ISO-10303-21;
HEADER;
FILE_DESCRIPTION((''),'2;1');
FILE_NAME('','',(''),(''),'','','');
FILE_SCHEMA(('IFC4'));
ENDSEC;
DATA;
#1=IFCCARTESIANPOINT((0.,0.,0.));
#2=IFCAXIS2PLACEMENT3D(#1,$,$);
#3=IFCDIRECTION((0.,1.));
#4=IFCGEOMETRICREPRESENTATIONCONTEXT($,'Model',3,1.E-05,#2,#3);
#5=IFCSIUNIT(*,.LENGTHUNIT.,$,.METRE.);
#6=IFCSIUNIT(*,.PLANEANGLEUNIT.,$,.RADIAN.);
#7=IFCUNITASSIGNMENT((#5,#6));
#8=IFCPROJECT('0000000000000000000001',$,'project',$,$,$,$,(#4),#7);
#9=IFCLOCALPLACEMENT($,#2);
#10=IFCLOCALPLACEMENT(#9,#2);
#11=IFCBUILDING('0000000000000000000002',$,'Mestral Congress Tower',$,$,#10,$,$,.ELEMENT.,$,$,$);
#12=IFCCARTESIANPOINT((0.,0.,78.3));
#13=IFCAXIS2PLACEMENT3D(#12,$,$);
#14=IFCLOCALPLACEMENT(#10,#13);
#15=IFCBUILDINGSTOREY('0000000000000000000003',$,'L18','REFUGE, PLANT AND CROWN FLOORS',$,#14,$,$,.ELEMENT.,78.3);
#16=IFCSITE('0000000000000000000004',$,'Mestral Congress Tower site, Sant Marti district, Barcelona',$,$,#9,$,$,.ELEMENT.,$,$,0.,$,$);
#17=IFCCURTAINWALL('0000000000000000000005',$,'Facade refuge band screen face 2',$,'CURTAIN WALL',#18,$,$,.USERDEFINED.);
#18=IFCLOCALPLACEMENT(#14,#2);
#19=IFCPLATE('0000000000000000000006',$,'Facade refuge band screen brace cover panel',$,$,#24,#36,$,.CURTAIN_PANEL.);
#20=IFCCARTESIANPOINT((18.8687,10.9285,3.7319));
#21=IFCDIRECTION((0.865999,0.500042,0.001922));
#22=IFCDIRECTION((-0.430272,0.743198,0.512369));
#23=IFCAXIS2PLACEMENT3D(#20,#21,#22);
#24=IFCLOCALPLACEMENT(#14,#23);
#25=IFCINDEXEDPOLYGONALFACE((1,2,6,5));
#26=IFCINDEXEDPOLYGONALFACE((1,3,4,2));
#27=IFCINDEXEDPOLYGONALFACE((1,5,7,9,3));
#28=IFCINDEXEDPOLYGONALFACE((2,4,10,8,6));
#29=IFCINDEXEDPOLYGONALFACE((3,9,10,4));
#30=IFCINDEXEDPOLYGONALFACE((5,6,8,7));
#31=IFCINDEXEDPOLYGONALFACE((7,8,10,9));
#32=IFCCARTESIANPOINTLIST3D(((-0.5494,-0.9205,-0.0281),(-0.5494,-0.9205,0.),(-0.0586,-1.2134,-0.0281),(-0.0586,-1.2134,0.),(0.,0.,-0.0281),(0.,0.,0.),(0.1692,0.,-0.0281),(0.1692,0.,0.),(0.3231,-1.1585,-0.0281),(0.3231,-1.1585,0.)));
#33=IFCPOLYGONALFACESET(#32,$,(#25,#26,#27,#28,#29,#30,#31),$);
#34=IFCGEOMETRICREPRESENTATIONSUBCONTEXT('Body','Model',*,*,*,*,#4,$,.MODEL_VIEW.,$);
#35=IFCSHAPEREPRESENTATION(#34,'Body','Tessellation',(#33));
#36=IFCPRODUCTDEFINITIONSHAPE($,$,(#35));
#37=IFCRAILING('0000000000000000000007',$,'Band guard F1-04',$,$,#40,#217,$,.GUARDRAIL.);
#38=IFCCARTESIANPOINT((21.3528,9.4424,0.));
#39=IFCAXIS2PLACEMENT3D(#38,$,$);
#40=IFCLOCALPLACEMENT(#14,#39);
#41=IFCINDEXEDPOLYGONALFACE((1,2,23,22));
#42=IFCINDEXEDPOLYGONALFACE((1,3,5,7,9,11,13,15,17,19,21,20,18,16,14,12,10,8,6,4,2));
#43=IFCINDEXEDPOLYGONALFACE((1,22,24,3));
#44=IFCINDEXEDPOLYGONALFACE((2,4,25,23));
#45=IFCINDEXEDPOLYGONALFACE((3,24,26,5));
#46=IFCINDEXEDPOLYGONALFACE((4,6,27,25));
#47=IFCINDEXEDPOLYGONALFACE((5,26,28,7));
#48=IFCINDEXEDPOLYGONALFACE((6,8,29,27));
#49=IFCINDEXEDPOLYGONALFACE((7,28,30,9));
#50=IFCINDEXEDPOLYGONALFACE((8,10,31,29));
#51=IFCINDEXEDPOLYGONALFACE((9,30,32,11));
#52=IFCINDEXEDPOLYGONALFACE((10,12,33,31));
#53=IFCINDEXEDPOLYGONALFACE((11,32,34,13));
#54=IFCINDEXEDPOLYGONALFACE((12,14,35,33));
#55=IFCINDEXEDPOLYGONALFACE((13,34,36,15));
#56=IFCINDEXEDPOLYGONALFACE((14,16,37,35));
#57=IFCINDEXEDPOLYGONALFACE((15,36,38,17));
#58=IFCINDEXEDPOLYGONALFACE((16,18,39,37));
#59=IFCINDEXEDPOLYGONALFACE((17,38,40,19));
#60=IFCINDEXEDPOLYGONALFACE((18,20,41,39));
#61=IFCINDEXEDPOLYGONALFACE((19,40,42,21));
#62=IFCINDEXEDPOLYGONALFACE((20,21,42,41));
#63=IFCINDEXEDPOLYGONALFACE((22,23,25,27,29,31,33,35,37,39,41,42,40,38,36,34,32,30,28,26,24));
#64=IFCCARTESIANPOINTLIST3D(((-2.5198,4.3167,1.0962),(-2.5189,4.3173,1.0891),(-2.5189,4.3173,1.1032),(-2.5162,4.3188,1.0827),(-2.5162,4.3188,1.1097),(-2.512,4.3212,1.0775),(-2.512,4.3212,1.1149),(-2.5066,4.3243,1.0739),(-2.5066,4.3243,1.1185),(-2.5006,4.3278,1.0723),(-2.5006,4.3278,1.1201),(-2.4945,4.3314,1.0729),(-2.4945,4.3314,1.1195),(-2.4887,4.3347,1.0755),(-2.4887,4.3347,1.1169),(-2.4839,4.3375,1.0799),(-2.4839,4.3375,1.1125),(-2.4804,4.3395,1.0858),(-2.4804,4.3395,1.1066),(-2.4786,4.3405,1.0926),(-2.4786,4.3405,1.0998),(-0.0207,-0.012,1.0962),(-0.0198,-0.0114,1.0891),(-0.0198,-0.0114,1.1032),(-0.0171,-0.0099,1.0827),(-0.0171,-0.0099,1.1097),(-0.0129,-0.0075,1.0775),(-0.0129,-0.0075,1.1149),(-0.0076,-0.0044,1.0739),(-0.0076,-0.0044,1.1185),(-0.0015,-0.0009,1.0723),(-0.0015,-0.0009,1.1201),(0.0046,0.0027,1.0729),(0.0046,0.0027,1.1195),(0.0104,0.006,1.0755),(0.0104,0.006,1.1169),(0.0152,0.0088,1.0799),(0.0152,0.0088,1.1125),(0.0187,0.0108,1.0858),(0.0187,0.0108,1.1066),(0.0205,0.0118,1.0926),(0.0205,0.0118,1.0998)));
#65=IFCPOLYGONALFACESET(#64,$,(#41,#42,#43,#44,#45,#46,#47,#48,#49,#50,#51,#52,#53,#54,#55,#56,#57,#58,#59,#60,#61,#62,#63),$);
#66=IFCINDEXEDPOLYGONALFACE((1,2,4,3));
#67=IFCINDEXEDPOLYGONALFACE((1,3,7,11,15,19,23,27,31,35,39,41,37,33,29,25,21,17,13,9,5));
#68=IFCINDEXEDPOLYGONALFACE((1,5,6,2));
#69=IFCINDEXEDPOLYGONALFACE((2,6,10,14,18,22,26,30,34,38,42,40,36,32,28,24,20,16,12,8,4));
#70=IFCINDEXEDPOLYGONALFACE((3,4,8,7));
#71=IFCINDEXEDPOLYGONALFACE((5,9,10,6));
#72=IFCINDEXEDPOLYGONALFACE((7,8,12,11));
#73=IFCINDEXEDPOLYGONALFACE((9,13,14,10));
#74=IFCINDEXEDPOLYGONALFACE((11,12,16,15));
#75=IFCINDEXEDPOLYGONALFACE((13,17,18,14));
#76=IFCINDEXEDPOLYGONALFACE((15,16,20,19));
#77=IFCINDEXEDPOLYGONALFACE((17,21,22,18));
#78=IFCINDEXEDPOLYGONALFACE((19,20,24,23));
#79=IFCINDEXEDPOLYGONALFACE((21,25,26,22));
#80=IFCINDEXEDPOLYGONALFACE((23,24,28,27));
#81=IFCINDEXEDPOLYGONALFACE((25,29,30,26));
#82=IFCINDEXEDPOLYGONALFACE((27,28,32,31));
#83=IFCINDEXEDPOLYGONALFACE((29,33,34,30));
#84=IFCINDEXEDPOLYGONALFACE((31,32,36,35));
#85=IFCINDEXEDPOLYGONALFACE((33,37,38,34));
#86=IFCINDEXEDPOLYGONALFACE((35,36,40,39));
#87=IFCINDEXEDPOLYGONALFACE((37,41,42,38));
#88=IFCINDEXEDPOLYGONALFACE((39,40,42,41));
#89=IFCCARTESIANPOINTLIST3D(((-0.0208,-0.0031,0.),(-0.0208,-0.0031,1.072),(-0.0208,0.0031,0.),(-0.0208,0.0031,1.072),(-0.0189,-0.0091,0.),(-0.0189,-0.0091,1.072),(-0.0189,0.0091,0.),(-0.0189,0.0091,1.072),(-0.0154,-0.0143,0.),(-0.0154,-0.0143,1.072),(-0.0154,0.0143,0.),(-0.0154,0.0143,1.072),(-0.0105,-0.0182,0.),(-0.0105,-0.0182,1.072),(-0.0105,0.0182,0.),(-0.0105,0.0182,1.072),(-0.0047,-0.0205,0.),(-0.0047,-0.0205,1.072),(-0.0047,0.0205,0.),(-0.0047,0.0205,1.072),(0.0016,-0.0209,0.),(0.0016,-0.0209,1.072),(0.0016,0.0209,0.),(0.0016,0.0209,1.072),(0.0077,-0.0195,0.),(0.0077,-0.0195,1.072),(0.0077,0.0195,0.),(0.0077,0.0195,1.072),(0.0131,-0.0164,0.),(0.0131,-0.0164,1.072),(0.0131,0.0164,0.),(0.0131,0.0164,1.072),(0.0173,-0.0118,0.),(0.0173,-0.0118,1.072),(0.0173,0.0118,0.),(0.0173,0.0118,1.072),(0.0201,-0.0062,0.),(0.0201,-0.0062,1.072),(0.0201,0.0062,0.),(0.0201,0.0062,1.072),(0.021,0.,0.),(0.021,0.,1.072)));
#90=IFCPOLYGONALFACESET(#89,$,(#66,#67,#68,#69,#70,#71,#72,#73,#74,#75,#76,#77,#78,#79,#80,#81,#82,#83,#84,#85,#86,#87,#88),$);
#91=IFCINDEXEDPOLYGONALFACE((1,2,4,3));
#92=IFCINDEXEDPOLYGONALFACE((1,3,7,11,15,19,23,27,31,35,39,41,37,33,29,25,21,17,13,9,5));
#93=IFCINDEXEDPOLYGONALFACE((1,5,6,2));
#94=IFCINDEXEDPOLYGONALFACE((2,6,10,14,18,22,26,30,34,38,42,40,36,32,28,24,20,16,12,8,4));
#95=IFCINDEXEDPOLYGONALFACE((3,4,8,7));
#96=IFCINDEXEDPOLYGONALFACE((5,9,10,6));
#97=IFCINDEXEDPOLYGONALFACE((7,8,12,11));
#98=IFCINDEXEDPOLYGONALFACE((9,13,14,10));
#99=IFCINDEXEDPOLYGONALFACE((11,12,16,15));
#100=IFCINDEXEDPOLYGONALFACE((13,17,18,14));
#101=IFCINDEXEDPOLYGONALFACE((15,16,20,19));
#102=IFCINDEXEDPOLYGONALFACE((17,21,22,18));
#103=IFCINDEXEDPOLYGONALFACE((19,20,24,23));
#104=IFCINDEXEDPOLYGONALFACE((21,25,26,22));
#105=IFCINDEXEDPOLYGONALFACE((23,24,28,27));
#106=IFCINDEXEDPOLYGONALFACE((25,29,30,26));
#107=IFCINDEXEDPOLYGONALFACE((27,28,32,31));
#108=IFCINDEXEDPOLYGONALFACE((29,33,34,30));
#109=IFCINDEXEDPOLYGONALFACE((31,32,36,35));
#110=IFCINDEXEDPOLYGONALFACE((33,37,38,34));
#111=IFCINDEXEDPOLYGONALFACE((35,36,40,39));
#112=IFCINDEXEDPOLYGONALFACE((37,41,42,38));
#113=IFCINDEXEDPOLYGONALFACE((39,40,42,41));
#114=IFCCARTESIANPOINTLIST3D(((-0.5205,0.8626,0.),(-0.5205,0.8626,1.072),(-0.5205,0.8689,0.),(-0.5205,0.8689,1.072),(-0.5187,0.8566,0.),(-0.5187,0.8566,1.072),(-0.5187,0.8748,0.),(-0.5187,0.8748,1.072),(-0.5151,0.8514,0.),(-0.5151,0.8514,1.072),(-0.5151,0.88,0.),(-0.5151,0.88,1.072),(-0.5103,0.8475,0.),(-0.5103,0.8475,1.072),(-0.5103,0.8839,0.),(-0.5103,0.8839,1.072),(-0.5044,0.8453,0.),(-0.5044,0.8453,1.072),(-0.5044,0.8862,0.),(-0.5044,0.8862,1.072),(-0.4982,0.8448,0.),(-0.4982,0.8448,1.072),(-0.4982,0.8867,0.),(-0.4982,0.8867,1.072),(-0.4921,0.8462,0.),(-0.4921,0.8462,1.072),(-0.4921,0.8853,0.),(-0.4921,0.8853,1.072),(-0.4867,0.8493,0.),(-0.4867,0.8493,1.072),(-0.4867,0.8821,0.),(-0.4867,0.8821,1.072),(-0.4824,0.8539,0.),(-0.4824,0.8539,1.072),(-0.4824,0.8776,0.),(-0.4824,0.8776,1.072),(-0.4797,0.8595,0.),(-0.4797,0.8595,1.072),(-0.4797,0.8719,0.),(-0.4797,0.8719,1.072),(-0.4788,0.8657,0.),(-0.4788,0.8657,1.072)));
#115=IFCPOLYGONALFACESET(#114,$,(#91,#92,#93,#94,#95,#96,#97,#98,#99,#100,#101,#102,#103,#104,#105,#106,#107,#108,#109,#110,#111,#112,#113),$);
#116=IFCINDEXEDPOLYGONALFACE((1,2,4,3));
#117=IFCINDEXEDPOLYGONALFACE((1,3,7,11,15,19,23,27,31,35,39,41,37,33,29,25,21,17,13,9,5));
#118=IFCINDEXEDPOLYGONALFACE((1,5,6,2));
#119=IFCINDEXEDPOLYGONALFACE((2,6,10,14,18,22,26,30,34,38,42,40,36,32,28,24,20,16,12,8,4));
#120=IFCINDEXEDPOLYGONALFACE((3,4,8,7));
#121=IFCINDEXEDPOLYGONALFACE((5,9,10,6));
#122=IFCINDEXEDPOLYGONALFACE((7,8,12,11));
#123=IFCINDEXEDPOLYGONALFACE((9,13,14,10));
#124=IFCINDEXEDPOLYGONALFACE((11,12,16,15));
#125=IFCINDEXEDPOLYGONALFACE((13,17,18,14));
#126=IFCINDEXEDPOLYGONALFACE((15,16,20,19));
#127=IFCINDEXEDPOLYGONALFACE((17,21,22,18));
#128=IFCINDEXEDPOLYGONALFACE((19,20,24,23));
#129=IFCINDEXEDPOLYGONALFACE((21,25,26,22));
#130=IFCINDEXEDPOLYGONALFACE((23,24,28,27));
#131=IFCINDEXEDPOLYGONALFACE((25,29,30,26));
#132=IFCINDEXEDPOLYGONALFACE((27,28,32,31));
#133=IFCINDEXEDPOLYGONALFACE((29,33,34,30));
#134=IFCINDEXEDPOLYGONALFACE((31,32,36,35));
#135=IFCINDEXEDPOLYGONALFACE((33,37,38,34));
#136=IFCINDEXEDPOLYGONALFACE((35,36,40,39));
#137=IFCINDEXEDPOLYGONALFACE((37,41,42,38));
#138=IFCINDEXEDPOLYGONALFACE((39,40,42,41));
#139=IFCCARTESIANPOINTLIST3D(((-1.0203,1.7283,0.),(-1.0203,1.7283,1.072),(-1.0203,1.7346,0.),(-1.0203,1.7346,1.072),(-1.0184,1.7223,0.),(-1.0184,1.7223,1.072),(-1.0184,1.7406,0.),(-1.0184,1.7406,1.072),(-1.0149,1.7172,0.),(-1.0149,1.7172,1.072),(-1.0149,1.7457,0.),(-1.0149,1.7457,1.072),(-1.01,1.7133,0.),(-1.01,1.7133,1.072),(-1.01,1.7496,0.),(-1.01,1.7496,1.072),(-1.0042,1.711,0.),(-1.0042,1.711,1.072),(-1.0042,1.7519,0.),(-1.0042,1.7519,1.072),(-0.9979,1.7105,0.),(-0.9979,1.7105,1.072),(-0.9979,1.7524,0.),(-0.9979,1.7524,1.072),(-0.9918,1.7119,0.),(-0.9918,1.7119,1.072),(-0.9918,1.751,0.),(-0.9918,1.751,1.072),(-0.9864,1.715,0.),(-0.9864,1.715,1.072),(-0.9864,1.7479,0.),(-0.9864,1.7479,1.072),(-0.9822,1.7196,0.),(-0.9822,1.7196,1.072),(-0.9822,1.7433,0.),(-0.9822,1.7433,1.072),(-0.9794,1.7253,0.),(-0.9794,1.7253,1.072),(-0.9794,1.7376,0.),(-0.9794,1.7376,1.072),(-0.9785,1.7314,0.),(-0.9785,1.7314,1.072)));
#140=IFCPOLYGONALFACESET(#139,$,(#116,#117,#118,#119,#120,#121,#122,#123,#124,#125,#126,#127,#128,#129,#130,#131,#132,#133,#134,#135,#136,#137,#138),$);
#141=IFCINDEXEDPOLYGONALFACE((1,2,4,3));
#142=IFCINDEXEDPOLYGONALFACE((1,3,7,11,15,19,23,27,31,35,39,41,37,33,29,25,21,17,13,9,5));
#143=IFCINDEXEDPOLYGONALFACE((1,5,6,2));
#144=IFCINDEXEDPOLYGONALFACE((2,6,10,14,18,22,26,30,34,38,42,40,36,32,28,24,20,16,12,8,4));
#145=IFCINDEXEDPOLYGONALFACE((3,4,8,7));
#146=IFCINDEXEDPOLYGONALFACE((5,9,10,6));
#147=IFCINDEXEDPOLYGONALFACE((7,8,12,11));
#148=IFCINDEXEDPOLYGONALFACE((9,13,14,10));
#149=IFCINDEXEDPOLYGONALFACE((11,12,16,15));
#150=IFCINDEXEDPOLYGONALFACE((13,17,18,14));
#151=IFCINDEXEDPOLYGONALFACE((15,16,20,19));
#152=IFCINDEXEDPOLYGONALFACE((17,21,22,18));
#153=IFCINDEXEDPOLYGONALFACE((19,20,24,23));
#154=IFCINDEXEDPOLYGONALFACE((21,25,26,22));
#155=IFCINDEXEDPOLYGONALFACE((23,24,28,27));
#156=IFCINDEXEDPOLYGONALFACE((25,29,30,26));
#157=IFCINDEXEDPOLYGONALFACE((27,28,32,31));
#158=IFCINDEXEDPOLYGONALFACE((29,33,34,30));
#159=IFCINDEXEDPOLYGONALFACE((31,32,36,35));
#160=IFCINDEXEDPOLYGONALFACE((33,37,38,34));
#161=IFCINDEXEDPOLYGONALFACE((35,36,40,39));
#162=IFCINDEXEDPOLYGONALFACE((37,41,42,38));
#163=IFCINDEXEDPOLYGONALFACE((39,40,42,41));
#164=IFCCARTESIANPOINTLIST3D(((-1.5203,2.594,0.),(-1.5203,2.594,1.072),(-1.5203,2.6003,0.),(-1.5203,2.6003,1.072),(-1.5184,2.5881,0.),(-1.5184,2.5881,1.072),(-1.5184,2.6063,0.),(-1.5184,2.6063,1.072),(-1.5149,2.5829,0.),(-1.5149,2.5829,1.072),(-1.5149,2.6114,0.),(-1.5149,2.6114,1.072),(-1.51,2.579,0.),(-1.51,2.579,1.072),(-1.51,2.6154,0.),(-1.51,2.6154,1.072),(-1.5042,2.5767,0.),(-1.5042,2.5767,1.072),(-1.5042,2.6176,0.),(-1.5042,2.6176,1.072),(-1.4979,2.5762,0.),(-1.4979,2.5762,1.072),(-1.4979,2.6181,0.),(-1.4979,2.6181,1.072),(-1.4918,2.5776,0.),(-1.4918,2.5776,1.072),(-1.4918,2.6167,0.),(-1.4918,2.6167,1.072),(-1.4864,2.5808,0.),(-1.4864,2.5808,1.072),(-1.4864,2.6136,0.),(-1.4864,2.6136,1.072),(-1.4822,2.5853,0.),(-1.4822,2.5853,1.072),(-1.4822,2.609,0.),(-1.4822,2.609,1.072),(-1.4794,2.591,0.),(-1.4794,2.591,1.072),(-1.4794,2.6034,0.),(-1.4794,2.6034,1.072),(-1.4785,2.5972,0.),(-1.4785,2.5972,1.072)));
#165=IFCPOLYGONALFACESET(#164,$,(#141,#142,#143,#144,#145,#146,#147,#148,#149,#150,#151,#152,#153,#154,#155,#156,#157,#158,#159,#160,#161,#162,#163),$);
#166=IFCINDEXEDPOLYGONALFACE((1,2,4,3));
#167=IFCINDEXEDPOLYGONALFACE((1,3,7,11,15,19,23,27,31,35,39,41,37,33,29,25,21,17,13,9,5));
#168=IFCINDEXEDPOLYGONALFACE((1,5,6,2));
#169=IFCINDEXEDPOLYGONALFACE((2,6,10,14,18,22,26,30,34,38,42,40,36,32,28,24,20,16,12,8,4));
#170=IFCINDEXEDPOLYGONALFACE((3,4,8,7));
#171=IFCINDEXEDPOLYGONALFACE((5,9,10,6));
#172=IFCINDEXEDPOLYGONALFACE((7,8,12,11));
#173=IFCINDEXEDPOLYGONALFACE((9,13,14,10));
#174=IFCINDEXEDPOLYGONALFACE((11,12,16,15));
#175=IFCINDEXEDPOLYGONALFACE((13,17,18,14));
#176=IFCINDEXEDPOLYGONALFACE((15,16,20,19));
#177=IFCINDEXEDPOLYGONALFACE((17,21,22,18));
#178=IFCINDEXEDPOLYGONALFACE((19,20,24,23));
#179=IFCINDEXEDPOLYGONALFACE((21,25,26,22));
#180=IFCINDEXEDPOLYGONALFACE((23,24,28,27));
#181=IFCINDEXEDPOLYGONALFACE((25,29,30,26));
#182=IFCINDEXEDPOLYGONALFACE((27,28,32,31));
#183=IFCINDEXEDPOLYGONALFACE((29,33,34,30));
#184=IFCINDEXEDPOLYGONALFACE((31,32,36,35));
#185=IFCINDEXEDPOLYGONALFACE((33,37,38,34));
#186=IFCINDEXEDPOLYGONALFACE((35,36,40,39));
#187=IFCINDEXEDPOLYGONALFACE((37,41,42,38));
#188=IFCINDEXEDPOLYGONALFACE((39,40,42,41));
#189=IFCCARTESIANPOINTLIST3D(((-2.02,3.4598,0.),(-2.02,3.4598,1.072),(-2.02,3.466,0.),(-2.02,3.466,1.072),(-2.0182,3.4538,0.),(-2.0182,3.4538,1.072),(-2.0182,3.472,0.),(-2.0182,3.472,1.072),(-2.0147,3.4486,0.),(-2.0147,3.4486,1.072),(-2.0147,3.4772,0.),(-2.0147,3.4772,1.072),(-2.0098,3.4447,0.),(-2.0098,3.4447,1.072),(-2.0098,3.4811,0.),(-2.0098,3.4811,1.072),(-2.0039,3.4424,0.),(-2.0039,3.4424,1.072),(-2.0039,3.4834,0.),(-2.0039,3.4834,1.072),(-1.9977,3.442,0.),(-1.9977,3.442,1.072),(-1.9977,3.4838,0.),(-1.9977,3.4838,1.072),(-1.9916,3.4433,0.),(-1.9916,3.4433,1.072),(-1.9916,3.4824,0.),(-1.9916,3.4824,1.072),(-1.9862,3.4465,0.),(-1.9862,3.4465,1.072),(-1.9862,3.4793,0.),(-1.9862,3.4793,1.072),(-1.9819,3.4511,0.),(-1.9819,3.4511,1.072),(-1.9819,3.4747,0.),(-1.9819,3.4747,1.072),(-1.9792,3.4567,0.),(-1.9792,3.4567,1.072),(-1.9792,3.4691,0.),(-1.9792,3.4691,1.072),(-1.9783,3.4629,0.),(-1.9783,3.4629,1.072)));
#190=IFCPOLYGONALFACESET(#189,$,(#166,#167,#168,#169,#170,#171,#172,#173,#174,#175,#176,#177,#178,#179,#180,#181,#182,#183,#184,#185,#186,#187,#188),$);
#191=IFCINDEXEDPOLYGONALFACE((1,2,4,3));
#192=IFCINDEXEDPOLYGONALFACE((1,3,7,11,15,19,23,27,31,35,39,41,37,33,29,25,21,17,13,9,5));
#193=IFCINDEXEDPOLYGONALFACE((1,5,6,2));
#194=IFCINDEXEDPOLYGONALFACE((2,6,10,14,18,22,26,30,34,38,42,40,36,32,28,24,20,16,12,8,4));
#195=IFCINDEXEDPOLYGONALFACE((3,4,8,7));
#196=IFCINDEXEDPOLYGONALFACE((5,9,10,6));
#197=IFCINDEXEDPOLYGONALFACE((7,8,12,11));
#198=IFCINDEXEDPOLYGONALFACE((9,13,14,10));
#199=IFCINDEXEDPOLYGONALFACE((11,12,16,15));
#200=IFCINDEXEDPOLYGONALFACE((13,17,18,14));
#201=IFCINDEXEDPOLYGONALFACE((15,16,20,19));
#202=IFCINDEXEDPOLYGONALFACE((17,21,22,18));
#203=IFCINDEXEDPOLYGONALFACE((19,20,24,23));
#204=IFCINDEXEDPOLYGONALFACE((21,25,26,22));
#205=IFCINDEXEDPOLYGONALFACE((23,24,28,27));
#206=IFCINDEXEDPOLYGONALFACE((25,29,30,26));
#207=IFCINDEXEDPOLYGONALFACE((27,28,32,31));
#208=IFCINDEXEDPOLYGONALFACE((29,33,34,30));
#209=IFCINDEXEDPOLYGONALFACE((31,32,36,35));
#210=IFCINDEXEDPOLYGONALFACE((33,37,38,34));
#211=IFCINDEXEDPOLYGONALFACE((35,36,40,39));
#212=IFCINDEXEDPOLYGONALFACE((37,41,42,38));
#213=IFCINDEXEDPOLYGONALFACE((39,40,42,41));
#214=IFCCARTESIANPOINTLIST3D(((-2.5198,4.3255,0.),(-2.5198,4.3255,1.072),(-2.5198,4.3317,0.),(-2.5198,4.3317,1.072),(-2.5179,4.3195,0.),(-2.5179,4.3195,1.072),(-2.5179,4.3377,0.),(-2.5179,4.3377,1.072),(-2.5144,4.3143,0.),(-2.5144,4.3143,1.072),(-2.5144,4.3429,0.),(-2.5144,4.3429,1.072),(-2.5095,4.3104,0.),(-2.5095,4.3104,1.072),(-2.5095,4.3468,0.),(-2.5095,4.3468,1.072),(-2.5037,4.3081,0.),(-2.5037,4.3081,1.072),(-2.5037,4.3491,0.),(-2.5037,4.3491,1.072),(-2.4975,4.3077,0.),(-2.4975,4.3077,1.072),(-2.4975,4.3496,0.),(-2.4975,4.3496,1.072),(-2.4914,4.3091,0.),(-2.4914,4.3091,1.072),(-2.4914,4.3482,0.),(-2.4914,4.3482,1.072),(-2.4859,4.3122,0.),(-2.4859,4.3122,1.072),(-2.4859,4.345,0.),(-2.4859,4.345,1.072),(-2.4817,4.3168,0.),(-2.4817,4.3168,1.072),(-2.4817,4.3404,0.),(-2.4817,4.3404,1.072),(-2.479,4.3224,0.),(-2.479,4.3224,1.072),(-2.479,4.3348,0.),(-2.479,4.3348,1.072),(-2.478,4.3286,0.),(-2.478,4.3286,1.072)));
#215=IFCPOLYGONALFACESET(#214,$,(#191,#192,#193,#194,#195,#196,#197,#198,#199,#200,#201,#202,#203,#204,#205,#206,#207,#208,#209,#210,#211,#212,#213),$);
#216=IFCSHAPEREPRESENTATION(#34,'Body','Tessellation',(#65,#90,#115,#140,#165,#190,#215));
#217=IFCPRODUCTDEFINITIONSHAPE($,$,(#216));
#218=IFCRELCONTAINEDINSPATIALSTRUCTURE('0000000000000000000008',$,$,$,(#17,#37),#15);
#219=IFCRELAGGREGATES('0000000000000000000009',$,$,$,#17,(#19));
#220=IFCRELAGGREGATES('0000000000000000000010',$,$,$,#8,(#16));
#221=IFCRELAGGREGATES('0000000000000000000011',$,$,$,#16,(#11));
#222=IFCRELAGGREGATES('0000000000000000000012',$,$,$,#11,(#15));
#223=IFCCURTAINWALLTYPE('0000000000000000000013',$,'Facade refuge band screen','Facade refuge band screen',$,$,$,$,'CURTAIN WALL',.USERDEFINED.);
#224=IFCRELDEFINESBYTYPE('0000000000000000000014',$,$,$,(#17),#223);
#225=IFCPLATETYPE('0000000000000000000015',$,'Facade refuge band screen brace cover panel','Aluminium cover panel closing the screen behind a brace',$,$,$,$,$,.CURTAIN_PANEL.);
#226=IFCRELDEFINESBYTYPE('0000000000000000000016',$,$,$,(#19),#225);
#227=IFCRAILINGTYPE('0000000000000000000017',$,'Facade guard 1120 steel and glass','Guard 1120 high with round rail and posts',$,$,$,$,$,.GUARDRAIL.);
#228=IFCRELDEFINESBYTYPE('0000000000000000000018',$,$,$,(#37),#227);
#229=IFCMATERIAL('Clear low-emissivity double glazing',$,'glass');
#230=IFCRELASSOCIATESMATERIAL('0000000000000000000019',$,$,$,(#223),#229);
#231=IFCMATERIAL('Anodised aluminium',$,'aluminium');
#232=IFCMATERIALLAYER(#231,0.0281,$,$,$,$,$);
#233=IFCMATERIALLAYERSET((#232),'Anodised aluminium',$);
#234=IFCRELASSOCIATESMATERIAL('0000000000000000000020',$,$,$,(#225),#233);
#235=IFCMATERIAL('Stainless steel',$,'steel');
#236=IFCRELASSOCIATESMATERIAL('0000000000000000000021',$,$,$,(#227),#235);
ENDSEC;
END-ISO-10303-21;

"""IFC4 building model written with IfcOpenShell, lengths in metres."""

from ifc_helpers import new_model, si_unit, direction, frame, origin, origin_2d, place, context, subcontext, project, spatial, polyline, circle, outline, extrude, material, layer, layer_set, type_object, element, aggregate, save


model = new_model("IFC4")

# Units and contexts
model_context = context("Model", 3, precision=1e-05, world=origin(), true_north=direction((0.0, 1.0)))
body_context = subcontext(model_context, "Body", "Model", "MODEL_VIEW")
ifc_project = project(units=[si_unit("LENGTHUNIT", "METRE"), si_unit("PLANEANGLEUNIT", "RADIAN")], contexts=[model_context])

# Site, building, storey
site_placement = place(None, origin())
site = spatial("IfcSite", under=ifc_project, at=site_placement, Name="Mestral Congress Tower site, Sant Marti district, Barcelona", CompositionType="ELEMENT", RefElevation=0.0)
building_placement = place(site_placement, origin())
building = spatial("IfcBuilding", under=site, at=building_placement, Name="Mestral Congress Tower", CompositionType="ELEMENT")
storey_placement = place(building_placement, frame((0.0, 0.0, 78.3)))
storey = spatial("IfcBuildingStorey", under=building, at=storey_placement, Name="L18", Description="REFUGE, PLANT AND CROWN FLOORS", CompositionType="ELEMENT", Elevation=78.3)

# Curtain wall
ifc_material_1 = material(Name="Clear low-emissivity double glazing", Category="glass")
curtain_wall_type = type_object("IfcCurtainWallType", Name="Facade refuge band screen", Description="Facade refuge band screen", ElementType="CURTAIN WALL", PredefinedType="USERDEFINED", material=ifc_material_1)
curtain_wall_placement = place(storey_placement, origin())
curtain_wall = element("IfcCurtainWall", 1, at=curtain_wall_placement, inside=storey, type_object=curtain_wall_type, Name="Facade refuge band screen face 2", ObjectType="CURTAIN WALL", PredefinedType="USERDEFINED")
ifc_material_2 = material(Name="Anodised aluminium", Category="aluminium")

# Plate
ifc_layer_1 = layer(ifc_material_2, 0.0281)
ifc_layer_set_1 = layer_set([ifc_layer_1], Name="Anodised aluminium")
plate_type_1 = type_object("IfcPlateType", Name="Facade refuge band screen brace cover panel", Description="Aluminium cover panel closing the screen behind a brace", PredefinedType="CURTAIN_PANEL", material=ifc_layer_set_1)
plate_1_placement = place(storey_placement, frame((18.8687, 10.9285, 3.7319), z_axis=(0.865999, 0.500042, 0.001922), x_axis=(-0.430272, 0.743198, 0.512369)))
plate_1 = element("IfcPlate", 2, at=plate_1_placement, type_object=plate_type_1, Name="Facade refuge band screen brace cover panel", PredefinedType="CURTAIN_PANEL", context=body_context, shape_type="SweptSolid", body=[
    extrude(outline(polyline([(0.0, 0.0), (0.1692, 0.0), (0.3231, -1.1585), (-0.0586, -1.2134), (-0.5494, -0.9205), (0.0, 0.0)])), origin(), (0.0, 0.0, -1.0), 0.0281),
])
aggregate(curtain_wall, [plate_1])

# Railing
ifc_material_3 = material(Name="Stainless steel", Category="steel")
railing_type = type_object("IfcRailingType", Name="Facade guard 1120 steel and glass", Description="Guard 1120 high with round rail and posts", PredefinedType="GUARDRAIL", material=ifc_material_3)
railing_placement = place(storey_placement, frame((21.3528, 9.4424, 0.0)))
element("IfcRailing", 3, at=railing_placement, inside=storey, type_object=railing_type, Name="Band guard F1-04", PredefinedType="GUARDRAIL", context=body_context, shape_type="SweptSolid", body=[
    extrude(circle(Radius=0.0239, at=origin_2d()), frame((0.0, 0.0, 1.0962), z_axis=(-0.499985, 0.866034, 0.0), x_axis=(-0.866034, -0.499985, 0.0)), (0.0, 0.0, 1.0), 4.9983),
    extrude(circle(Radius=0.021, at=origin_2d()), origin(), (0.0, 0.0, 1.0), 1.072),
    extrude(circle(Radius=0.021, at=origin_2d()), frame((-0.4998, 0.8657, 0.0)), (0.0, 0.0, 1.0), 1.072),
    extrude(circle(Radius=0.021, at=origin_2d()), frame((-0.9995, 1.7314, 0.0)), (0.0, 0.0, 1.0), 1.072),
    extrude(circle(Radius=0.021, at=origin_2d()), frame((-1.4995, 2.5972, 0.0)), (0.0, 0.0, 1.0), 1.072),
    extrude(circle(Radius=0.021, at=origin_2d()), frame((-1.9993, 3.4629, 0.0)), (0.0, 0.0, 1.0), 1.072),
    extrude(circle(Radius=0.021, at=origin_2d()), frame((-2.499, 4.3286, 0.0)), (0.0, 0.0, 1.0), 1.072),
])

save(model, "model.ifc")
